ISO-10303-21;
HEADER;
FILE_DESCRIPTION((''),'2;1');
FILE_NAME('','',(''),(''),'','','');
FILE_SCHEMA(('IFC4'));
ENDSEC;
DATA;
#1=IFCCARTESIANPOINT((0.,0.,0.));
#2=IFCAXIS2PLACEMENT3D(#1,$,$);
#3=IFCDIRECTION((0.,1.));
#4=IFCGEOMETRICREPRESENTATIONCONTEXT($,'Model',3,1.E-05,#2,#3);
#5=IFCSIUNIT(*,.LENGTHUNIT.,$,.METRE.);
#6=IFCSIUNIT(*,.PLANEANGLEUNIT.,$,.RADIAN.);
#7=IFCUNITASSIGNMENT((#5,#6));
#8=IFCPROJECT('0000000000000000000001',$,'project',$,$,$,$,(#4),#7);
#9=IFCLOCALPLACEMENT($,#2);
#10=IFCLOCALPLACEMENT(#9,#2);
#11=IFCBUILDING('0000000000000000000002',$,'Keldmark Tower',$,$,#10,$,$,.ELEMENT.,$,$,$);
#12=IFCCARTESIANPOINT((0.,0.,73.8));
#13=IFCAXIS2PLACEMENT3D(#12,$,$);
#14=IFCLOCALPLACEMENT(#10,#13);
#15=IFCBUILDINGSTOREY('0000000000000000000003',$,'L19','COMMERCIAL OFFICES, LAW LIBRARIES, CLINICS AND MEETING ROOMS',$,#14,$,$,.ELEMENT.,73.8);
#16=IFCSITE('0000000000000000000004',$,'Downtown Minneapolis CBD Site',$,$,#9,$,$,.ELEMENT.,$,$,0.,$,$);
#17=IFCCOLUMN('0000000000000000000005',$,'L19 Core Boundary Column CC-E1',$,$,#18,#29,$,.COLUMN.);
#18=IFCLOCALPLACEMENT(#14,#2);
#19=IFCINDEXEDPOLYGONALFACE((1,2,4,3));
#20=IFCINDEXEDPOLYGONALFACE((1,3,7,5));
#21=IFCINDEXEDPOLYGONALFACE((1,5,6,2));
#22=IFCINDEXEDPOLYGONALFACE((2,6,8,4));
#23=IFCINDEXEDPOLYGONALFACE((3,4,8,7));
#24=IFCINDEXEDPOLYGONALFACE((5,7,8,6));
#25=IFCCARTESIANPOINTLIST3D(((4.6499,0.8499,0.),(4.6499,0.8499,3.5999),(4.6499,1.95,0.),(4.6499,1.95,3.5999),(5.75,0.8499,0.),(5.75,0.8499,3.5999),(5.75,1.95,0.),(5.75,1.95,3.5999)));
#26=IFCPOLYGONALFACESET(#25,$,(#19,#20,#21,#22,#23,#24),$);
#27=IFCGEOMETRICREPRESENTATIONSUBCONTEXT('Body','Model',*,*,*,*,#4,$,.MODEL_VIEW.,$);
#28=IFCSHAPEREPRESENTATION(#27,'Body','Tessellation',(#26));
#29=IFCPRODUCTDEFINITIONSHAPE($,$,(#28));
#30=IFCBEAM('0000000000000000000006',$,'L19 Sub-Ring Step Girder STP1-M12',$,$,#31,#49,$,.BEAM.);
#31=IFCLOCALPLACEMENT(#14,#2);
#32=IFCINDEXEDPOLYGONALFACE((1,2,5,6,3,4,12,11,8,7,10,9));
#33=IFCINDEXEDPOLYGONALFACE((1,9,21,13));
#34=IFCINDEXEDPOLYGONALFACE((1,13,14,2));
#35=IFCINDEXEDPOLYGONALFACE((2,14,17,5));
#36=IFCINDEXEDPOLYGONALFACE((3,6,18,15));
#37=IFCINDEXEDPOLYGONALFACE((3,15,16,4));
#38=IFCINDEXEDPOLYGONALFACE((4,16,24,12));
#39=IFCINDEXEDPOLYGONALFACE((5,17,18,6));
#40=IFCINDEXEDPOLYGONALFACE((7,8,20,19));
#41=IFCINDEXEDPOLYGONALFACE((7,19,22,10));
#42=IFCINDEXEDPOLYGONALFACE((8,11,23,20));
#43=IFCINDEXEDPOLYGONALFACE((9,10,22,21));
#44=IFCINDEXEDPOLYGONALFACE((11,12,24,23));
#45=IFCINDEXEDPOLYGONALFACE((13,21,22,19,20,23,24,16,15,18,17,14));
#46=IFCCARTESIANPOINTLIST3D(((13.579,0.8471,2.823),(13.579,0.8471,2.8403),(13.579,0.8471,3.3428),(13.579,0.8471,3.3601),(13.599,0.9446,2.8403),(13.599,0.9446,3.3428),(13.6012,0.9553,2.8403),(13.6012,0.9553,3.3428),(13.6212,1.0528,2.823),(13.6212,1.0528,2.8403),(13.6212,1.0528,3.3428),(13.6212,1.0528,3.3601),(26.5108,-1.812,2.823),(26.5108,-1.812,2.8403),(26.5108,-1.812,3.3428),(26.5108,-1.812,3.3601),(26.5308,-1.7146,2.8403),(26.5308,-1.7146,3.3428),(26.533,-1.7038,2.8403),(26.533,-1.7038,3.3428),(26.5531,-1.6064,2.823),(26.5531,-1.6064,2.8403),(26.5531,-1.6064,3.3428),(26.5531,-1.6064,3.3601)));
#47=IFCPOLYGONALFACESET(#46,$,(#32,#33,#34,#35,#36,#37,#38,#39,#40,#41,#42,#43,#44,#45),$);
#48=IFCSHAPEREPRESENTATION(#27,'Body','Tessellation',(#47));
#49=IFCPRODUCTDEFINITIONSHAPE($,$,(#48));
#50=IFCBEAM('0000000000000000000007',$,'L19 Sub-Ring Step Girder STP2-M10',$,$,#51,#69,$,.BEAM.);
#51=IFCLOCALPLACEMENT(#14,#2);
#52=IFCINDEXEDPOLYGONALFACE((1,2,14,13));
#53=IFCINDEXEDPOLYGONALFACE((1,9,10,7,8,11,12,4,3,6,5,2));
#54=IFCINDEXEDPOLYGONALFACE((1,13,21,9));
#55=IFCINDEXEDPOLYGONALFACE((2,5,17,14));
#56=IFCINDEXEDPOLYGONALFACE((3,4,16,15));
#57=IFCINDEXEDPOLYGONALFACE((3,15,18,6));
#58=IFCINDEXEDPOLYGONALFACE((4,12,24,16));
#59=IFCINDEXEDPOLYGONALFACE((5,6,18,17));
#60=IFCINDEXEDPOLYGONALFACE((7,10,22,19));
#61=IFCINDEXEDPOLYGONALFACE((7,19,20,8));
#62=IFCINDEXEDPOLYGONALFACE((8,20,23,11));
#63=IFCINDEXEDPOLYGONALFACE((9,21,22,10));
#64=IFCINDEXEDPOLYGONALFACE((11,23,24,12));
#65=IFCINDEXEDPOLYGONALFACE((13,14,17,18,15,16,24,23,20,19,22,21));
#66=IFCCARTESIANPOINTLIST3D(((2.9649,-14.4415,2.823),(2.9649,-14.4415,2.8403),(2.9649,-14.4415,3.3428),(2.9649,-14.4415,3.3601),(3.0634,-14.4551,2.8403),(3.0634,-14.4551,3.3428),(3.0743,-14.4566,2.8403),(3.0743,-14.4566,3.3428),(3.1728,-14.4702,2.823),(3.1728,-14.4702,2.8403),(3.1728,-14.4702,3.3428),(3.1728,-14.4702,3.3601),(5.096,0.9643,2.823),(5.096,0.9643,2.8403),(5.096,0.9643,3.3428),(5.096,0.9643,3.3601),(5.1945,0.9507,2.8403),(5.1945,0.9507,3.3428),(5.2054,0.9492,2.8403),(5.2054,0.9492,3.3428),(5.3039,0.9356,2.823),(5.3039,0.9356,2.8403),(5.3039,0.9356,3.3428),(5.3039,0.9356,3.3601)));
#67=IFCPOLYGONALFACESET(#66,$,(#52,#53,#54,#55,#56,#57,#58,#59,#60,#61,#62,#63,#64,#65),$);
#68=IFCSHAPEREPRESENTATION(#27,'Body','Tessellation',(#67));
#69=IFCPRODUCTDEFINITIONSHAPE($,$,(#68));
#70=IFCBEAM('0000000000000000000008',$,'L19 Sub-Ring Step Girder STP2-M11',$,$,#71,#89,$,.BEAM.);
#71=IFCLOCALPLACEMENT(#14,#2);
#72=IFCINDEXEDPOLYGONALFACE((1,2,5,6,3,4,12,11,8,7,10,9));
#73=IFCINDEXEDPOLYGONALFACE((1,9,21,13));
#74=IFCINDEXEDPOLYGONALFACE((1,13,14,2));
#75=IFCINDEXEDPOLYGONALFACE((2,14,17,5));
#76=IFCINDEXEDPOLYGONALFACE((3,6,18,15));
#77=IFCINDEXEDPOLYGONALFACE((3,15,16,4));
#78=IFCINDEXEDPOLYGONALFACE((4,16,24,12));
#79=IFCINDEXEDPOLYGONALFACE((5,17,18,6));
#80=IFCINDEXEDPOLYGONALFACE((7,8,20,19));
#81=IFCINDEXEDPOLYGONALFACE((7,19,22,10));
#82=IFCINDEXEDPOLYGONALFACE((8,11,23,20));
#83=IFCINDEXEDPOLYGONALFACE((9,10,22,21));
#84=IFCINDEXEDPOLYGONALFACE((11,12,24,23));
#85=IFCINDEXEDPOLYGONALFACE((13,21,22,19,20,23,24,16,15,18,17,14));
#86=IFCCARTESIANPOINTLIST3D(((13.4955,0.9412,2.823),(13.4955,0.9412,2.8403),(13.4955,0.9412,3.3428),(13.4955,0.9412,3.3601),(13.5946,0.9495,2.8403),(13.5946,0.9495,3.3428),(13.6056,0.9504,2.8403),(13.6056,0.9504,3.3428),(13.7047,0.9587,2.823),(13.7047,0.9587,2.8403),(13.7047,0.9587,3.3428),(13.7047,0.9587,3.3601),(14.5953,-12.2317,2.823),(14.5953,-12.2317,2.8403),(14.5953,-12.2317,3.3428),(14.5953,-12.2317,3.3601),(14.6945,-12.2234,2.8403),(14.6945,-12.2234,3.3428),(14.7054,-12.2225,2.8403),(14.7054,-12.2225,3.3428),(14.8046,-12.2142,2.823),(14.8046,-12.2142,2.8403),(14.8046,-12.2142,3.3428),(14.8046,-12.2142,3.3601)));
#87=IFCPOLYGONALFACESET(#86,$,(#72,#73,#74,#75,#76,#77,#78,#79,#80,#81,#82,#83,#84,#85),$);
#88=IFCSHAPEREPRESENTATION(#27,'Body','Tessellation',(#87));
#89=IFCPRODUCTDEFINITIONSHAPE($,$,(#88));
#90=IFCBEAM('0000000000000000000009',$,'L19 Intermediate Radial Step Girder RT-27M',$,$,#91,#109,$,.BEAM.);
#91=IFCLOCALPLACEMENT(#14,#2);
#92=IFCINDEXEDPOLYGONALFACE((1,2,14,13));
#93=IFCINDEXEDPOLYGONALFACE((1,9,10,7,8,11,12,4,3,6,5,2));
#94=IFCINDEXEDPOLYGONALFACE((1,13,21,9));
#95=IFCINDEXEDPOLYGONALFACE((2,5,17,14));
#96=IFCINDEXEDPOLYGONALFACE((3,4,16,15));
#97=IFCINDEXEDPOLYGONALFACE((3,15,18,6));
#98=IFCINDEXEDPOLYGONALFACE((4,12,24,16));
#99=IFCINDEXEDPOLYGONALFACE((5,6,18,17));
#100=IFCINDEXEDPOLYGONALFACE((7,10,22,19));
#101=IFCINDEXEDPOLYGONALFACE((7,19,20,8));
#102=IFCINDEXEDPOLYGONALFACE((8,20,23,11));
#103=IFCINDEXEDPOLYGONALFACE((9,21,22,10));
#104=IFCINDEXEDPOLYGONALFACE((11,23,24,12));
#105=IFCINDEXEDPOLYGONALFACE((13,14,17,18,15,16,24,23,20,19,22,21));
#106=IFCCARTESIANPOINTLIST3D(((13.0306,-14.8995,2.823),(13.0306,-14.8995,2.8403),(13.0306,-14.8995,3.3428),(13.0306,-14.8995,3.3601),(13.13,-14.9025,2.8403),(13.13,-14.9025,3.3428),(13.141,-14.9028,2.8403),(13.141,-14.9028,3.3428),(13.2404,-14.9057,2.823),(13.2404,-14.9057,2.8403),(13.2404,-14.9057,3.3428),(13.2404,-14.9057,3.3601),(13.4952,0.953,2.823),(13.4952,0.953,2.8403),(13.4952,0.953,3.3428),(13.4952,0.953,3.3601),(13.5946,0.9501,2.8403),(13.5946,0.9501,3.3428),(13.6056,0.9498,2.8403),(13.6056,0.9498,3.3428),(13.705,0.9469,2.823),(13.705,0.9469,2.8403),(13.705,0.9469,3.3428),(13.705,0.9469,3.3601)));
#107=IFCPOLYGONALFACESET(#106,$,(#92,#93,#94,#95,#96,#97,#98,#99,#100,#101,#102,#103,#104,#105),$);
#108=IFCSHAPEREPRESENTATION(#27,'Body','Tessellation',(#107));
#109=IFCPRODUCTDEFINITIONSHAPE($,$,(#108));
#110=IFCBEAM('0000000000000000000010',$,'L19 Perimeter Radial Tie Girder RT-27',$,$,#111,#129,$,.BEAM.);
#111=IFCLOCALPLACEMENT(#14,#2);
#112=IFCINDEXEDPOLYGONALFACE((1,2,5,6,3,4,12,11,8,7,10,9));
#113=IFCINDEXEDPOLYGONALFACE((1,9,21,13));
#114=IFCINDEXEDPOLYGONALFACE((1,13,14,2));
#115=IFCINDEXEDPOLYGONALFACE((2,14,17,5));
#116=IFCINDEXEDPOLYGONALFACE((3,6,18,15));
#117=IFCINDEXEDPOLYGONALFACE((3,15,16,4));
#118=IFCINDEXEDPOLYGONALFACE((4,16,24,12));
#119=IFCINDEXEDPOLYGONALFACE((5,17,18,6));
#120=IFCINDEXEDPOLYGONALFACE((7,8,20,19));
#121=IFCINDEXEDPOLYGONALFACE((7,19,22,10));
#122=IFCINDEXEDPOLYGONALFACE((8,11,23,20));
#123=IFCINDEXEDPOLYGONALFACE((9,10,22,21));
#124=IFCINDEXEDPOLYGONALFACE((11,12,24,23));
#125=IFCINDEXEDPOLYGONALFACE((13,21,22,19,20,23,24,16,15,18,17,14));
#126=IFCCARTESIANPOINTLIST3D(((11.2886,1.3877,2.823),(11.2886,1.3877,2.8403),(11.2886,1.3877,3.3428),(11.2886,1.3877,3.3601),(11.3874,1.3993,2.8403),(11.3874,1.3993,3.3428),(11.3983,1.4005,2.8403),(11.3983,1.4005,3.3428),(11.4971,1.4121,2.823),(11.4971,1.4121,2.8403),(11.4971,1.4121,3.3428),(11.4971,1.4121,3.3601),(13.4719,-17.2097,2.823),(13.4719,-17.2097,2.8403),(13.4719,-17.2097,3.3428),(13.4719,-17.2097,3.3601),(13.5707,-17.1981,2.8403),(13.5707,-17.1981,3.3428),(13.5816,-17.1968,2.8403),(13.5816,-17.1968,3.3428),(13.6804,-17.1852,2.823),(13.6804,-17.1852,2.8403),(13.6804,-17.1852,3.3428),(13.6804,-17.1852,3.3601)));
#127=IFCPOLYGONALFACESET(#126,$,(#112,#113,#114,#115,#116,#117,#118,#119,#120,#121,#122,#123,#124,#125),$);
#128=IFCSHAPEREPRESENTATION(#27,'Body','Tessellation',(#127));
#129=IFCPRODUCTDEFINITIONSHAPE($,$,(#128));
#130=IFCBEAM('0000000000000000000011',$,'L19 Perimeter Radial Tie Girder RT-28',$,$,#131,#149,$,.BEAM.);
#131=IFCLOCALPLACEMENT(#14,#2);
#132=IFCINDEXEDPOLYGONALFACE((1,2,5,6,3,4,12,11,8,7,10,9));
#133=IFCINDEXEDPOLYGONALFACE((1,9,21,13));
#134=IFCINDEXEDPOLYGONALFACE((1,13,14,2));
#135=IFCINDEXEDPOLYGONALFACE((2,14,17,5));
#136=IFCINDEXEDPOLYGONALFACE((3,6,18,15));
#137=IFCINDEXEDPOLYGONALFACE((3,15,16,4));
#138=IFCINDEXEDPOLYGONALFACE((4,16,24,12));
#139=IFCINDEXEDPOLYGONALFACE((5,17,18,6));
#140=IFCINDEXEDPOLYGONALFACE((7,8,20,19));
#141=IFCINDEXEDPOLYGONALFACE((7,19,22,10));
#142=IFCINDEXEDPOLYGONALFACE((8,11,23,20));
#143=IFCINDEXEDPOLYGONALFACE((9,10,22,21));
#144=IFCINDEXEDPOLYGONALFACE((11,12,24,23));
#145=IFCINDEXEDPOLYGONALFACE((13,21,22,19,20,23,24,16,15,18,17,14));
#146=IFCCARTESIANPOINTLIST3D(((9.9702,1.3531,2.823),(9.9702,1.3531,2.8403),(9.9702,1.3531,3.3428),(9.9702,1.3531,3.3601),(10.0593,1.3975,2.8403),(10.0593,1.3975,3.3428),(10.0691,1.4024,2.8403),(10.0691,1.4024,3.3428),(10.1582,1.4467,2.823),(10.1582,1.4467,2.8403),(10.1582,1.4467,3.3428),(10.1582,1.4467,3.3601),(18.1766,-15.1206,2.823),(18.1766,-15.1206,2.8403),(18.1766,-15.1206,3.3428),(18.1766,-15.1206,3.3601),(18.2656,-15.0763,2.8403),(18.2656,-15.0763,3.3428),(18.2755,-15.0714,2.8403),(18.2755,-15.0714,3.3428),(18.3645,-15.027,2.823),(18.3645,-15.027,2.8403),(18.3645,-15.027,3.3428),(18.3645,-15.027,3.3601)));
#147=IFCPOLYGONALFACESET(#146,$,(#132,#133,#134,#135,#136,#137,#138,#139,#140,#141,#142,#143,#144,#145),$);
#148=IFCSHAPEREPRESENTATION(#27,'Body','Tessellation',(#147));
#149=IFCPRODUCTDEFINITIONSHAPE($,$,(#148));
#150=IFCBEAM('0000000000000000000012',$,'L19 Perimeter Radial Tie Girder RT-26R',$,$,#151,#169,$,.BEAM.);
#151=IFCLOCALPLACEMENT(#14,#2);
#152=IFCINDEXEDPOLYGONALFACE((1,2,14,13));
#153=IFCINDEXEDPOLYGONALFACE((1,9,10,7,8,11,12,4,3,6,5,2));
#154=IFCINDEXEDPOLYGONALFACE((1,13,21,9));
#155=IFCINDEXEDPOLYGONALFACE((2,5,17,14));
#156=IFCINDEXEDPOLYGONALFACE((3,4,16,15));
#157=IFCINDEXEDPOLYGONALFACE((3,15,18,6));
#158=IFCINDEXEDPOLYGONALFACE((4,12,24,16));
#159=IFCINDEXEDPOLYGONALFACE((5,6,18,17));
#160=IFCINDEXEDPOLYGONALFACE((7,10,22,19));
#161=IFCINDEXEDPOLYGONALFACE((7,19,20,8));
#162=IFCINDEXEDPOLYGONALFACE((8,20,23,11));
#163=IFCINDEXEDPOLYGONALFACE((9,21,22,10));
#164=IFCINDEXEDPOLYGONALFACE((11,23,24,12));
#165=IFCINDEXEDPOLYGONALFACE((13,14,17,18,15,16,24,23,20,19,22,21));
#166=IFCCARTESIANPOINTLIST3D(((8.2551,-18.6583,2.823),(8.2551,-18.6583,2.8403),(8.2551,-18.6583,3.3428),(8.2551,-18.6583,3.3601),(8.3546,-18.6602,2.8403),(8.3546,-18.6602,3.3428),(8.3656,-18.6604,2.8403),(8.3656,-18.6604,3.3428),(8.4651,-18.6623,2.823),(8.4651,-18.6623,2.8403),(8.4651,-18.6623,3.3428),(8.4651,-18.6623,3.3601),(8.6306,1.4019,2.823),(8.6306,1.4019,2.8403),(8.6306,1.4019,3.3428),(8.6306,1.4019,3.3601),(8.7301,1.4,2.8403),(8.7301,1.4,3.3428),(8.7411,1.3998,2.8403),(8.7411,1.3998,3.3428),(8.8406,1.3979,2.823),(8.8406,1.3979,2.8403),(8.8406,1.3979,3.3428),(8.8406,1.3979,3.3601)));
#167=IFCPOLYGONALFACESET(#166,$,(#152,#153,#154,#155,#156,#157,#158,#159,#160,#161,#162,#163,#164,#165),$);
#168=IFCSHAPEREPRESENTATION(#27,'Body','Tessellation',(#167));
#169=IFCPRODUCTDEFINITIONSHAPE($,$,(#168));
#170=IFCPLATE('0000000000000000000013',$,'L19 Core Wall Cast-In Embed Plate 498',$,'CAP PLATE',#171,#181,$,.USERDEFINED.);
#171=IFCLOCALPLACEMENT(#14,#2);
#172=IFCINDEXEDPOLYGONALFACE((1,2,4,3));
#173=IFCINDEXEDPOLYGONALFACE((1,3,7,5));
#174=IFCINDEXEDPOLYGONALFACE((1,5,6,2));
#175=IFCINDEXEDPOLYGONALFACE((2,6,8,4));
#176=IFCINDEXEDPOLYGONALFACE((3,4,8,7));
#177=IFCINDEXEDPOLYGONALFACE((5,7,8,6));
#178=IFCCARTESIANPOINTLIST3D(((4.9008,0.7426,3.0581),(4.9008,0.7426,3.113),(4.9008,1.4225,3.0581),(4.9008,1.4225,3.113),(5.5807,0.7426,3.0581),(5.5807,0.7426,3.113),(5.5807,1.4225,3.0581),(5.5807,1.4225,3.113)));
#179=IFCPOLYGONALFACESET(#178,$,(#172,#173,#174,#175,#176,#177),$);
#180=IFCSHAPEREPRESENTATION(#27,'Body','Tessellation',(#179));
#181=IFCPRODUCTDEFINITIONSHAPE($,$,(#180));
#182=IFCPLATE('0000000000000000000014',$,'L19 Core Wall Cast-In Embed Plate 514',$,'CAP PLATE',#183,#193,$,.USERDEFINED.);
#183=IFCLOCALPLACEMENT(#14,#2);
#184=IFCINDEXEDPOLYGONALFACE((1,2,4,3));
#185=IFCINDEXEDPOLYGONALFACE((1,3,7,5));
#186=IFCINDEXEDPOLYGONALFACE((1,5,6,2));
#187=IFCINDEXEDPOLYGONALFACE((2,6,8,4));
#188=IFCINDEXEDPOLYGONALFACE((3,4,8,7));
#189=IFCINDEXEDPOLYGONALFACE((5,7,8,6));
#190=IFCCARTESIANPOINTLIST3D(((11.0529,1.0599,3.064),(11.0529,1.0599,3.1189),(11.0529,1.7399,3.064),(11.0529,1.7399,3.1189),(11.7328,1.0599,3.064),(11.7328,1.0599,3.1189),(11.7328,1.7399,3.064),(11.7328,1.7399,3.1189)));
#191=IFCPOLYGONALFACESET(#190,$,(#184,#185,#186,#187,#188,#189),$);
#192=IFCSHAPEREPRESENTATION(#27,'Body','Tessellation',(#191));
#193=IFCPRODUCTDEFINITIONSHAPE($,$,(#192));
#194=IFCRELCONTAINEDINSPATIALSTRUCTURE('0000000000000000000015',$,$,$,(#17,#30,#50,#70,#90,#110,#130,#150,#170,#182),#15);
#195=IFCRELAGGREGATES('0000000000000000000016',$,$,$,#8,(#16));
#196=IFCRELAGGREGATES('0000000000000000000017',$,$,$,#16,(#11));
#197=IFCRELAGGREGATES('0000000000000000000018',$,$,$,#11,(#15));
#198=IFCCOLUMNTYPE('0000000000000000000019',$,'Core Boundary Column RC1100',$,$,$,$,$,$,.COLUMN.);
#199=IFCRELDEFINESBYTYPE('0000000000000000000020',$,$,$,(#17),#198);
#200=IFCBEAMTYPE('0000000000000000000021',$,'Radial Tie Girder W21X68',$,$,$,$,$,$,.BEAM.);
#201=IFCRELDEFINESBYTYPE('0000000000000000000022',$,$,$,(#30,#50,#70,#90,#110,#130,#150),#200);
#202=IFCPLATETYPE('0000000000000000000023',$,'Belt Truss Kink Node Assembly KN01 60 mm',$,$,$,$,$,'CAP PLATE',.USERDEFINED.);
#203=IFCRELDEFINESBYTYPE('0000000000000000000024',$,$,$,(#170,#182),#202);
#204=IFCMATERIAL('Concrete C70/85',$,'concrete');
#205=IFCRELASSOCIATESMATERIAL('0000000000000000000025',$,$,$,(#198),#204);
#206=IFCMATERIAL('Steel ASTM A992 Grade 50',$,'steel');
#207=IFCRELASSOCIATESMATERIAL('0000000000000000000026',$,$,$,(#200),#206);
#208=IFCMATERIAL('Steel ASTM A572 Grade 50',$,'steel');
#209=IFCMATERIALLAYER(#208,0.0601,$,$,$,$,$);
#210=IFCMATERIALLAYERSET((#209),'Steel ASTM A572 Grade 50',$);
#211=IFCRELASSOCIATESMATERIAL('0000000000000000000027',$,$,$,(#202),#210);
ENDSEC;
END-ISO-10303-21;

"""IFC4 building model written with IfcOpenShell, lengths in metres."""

from ifc_helpers import new_model, si_unit, direction, frame, origin, origin_2d, place, context, subcontext, project, spatial, rectangle, i_section, extrude, material, layer, layer_set, material_profile, profile_set, type_object, element, save


model = new_model("IFC4")

# Units and contexts
model_context = context("Model", 3, precision=1e-05, world=origin(), true_north=direction((0.0, 1.0)))
body_context = subcontext(model_context, "Body", "Model", "MODEL_VIEW")
ifc_project = project(units=[si_unit("LENGTHUNIT", "METRE"), si_unit("PLANEANGLEUNIT", "RADIAN")], contexts=[model_context])

# Site, building, storey
site_placement = place(None, origin())
site = spatial("IfcSite", under=ifc_project, at=site_placement, Name="Downtown Minneapolis CBD Site", CompositionType="ELEMENT", RefElevation=0.0)
building_placement = place(site_placement, origin())
building = spatial("IfcBuilding", under=site, at=building_placement, Name="Keldmark Tower", CompositionType="ELEMENT")
storey_placement = place(building_placement, frame((0.0, 0.0, 73.8)))
storey = spatial("IfcBuildingStorey", under=building, at=storey_placement, Name="L19", Description="COMMERCIAL OFFICES, LAW LIBRARIES, CLINICS AND MEETING ROOMS", CompositionType="ELEMENT", Elevation=73.8)

# Column
ifc_material_1 = material(Name="Concrete C70/85", Category="concrete")
ifc_material_profile_1 = material_profile(ifc_material_1, rectangle(XDim=1.1001, YDim=1.1001, at=origin_2d()), Name="RC1100X1100")
ifc_profile_set_1 = profile_set([ifc_material_profile_1], Name="Concrete C70/85")
column_type = type_object("IfcColumnType", Name="Core Boundary Column RC1100", PredefinedType="COLUMN", material=ifc_profile_set_1)
column_placement = place(storey_placement, frame((5.2, 1.3999, 0.0), z_axis=(0.0, 0.0, 1.0), x_axis=(1.0, 0.0, 0.0)))
element("IfcColumn", 1, at=column_placement, inside=storey, type_object=column_type, Name="L19 Core Boundary Column CC-E1", PredefinedType="COLUMN", context=body_context, shape_type="SweptSolid", body=[
    extrude(rectangle(XDim=1.1001, YDim=1.1001, at=origin_2d()), origin(), (0.0, 0.0, 1.0), 3.5999),
])

# Beams
ifc_material_2 = material(Name="Steel ASTM A992 Grade 50", Category="steel")
ifc_material_profile_2 = material_profile(ifc_material_2, i_section(OverallWidth=0.21, OverallDepth=0.5371, WebThickness=0.011, FlangeThickness=0.0173, at=origin_2d()), Name="W21X68")
ifc_profile_set_2 = profile_set([ifc_material_profile_2], Name="Steel ASTM A992 Grade 50")
beam_type = type_object("IfcBeamType", Name="Radial Tie Girder W21X68", PredefinedType="BEAM", material=ifc_profile_set_2)
beam_1_placement = place(storey_placement, frame((13.6001, 0.95, 3.0916), z_axis=(0.979506, -0.201416, 0.0), x_axis=(0.201416, 0.979506, 0.0)))
element("IfcBeam", 2, at=beam_1_placement, inside=storey, type_object=beam_type, Name="L19 Sub-Ring Step Girder STP1-M12", PredefinedType="BEAM", context=body_context, shape_type="SweptSolid", body=[
    extrude(i_section(OverallWidth=0.21, OverallDepth=0.5371, WebThickness=0.011, FlangeThickness=0.0173, at=origin_2d()), origin(), (0.0, 0.0, 1.0), 13.2024),
])
beam_2_placement = place(storey_placement, frame((5.2, 0.95, 3.0916), z_axis=(-0.137027, -0.990567, 0.0), x_axis=(0.990567, -0.137027, 0.0)))
element("IfcBeam", 3, at=beam_2_placement, inside=storey, type_object=beam_type, Name="L19 Sub-Ring Step Girder STP2-M10", PredefinedType="BEAM", context=body_context, shape_type="SweptSolid", body=[
    extrude(i_section(OverallWidth=0.21, OverallDepth=0.5371, WebThickness=0.011, FlangeThickness=0.0173, at=origin_2d()), origin(), (0.0, 0.0, 1.0), 15.5525),
])
beam_3_placement = place(storey_placement, frame((13.6001, 0.95, 3.0916), z_axis=(0.083204, -0.996532, 0.0), x_axis=(0.996532, 0.083204, 0.0)))
element("IfcBeam", 4, at=beam_3_placement, inside=storey, type_object=beam_type, Name="L19 Sub-Ring Step Girder STP2-M11", PredefinedType="BEAM", context=body_context, shape_type="SweptSolid", body=[
    extrude(i_section(OverallWidth=0.21, OverallDepth=0.5371, WebThickness=0.011, FlangeThickness=0.0173, at=origin_2d()), origin(), (0.0, 0.0, 1.0), 13.2188),
])
beam_4_placement = place(storey_placement, frame((13.6001, 0.95, 3.0916), z_axis=(-0.029295, -0.999571, 0.0), x_axis=(0.999571, -0.029295, 0.0)))
element("IfcBeam", 5, at=beam_4_placement, inside=storey, type_object=beam_type, Name="L19 Intermediate Radial Step Girder RT-27M", PredefinedType="BEAM", context=body_context, shape_type="SweptSolid", body=[
    extrude(i_section(OverallWidth=0.21, OverallDepth=0.5371, WebThickness=0.011, FlangeThickness=0.0173, at=origin_2d()), origin(), (0.0, 0.0, 1.0), 15.8594),
])
beam_5_placement = place(storey_placement, frame((11.3928, 1.3999, 3.0916), z_axis=(0.1166, -0.993179, 0.0), x_axis=(0.993179, 0.1166, 0.0)))
element("IfcBeam", 6, at=beam_5_placement, inside=storey, type_object=beam_type, Name="L19 Perimeter Radial Tie Girder RT-27", PredefinedType="BEAM", context=body_context, shape_type="SweptSolid", body=[
    extrude(i_section(OverallWidth=0.21, OverallDepth=0.5371, WebThickness=0.011, FlangeThickness=0.0173, at=origin_2d()), origin(), (0.0, 0.0, 1.0), 18.7251),
])
beam_6_placement = place(storey_placement, frame((10.0642, 1.3999, 3.0916), z_axis=(0.445887, -0.895089, 0.0), x_axis=(0.895089, 0.445887, 0.0)))
element("IfcBeam", 7, at=beam_6_placement, inside=storey, type_object=beam_type, Name="L19 Perimeter Radial Tie Girder RT-28", PredefinedType="BEAM", context=body_context, shape_type="SweptSolid", body=[
    extrude(i_section(OverallWidth=0.21, OverallDepth=0.5371, WebThickness=0.011, FlangeThickness=0.0173, at=origin_2d()), origin(), (0.0, 0.0, 1.0), 18.4045),
])
beam_7_placement = place(storey_placement, frame((8.7356, 1.3999, 3.0916), z_axis=(-0.018715, -0.999825, 0.0), x_axis=(0.999825, -0.018715, 0.0)))
element("IfcBeam", 8, at=beam_7_placement, inside=storey, type_object=beam_type, Name="L19 Perimeter Radial Tie Girder RT-26R", PredefinedType="BEAM", context=body_context, shape_type="SweptSolid", body=[
    extrude(i_section(OverallWidth=0.21, OverallDepth=0.5371, WebThickness=0.011, FlangeThickness=0.0173, at=origin_2d()), origin(), (0.0, 0.0, 1.0), 20.0637),
])

# Plates
ifc_material_3 = material(Name="Steel ASTM A572 Grade 50", Category="steel")
ifc_layer_1 = layer(ifc_material_3, 0.0601)
ifc_layer_set_1 = layer_set([ifc_layer_1], Name="Steel ASTM A572 Grade 50")
plate_type = type_object("IfcPlateType", Name="Belt Truss Kink Node Assembly KN01 60 mm", ElementType="CAP PLATE", PredefinedType="USERDEFINED", material=ifc_layer_set_1)
for number, where, z_axis, x_axis, name in (
    (9, (5.2407, 1.0825, 3.0581), (0.0, 0.0, 1.0), (1.0, 0.0, 0.0), "L19 Core Wall Cast-In Embed Plate 498"),
    (10, (11.3928, 1.3999, 3.064), (0.0, 0.0, 1.0), (1.0, 0.0, 0.0), "L19 Core Wall Cast-In Embed Plate 514"),
):
    element("IfcPlate", number, at=place(storey_placement, frame(where, z_axis=z_axis, x_axis=x_axis)), inside=storey, type_object=plate_type, Name=name, ObjectType="CAP PLATE", PredefinedType="USERDEFINED", context=body_context, shape_type="SweptSolid", body=[
        extrude(rectangle(XDim=0.6799, YDim=0.6799, at=origin_2d()), origin(), (0.0, 0.0, 1.0), 0.0549),
    ])

save(model, "model.ifc")
